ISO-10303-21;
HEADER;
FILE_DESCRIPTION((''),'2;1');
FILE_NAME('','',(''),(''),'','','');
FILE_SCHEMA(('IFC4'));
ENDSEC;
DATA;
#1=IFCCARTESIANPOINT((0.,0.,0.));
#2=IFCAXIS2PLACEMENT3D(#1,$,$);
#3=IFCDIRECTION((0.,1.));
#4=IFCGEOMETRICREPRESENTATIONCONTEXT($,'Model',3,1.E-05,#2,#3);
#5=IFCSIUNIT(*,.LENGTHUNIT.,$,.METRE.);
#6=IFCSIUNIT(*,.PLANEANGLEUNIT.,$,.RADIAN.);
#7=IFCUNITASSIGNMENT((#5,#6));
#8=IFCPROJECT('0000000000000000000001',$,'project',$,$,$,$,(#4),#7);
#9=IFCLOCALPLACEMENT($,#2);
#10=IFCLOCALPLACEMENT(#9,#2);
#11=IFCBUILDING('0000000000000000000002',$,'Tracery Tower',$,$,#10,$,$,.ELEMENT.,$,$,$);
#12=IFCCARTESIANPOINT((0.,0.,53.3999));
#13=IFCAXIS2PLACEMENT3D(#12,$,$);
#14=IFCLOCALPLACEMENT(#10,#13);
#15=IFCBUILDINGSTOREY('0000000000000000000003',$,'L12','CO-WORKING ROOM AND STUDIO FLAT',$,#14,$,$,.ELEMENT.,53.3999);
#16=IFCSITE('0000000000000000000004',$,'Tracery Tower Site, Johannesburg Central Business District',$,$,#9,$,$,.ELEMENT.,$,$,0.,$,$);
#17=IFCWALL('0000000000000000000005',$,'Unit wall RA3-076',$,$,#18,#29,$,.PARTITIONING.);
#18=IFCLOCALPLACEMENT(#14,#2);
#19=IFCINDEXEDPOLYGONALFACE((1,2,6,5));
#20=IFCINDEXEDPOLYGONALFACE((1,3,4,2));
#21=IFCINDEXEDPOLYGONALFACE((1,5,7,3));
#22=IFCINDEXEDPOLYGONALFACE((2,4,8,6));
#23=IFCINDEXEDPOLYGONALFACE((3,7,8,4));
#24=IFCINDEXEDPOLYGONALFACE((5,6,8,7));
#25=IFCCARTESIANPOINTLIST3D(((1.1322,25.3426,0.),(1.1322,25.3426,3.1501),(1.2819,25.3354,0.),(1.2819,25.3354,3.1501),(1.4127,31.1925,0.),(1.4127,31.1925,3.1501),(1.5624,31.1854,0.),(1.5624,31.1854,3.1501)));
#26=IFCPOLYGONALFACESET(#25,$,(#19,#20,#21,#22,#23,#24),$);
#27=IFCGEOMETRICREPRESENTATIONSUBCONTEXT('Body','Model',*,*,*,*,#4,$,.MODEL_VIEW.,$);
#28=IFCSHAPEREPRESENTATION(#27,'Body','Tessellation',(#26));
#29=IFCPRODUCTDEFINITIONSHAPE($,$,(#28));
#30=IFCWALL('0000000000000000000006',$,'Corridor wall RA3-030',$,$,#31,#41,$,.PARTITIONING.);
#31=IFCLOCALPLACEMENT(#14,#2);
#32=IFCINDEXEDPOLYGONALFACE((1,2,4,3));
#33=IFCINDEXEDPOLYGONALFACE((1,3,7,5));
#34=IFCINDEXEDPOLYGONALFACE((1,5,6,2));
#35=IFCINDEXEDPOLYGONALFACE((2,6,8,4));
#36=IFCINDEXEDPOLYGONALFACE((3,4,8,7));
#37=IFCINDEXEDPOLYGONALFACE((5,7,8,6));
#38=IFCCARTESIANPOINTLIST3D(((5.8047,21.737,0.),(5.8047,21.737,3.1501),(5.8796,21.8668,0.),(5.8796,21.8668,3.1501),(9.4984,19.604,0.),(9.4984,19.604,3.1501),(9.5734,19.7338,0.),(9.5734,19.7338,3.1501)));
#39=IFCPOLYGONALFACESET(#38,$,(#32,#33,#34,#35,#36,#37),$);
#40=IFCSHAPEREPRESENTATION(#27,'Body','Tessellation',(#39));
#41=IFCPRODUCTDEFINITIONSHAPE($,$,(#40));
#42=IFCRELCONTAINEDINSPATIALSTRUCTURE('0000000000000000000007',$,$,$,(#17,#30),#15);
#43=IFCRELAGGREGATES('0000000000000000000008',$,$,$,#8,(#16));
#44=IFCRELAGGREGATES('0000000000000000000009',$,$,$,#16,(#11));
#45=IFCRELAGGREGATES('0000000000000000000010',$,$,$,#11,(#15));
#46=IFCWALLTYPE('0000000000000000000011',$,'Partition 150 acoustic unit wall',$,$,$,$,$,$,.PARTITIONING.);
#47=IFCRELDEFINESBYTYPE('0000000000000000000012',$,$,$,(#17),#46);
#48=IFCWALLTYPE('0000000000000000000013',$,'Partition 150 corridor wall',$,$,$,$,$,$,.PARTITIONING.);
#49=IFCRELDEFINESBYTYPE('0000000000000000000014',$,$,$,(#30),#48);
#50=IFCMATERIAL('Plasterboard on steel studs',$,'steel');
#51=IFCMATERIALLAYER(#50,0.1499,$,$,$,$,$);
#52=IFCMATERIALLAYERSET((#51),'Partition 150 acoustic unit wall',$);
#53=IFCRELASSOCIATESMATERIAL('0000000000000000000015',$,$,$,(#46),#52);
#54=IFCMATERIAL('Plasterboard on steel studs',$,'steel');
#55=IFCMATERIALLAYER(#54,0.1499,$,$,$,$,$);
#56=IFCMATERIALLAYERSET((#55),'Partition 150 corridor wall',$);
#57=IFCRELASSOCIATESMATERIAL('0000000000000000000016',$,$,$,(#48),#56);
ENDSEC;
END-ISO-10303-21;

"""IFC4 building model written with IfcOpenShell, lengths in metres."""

from ifc_helpers import new_model, si_unit, direction, frame, frame_2d, origin, place, context, subcontext, project, spatial, rectangle, extrude, material, layer, layer_set, type_object, element, save


model = new_model("IFC4")

# Units and contexts
model_context = context("Model", 3, precision=1e-05, world=origin(), true_north=direction((0.0, 1.0)))
body_context = subcontext(model_context, "Body", "Model", "MODEL_VIEW")
ifc_project = project(units=[si_unit("LENGTHUNIT", "METRE"), si_unit("PLANEANGLEUNIT", "RADIAN")], contexts=[model_context])

# Site, building, storey
site_placement = place(None, origin())
site = spatial("IfcSite", under=ifc_project, at=site_placement, Name="Tracery Tower Site, Johannesburg Central Business District", CompositionType="ELEMENT", RefElevation=0.0)
building_placement = place(site_placement, origin())
building = spatial("IfcBuilding", under=site, at=building_placement, Name="Tracery Tower", CompositionType="ELEMENT")
storey_placement = place(building_placement, frame((0.0, 0.0, 53.3999)))
storey = spatial("IfcBuildingStorey", under=building, at=storey_placement, Name="L12", Description="CO-WORKING ROOM AND STUDIO FLAT", CompositionType="ELEMENT", Elevation=53.3999)

# Walls
ifc_material_1 = material(Name="Plasterboard on steel studs", Category="steel")
ifc_layer_1 = layer(ifc_material_1, 0.1499)
ifc_layer_set_1 = layer_set([ifc_layer_1], Name="Partition 150 acoustic unit wall")
wall_type_1 = type_object("IfcWallType", Name="Partition 150 acoustic unit wall", PredefinedType="PARTITIONING", material=ifc_layer_set_1)
wall_1_placement = place(storey_placement, frame((1.207, 25.3391, 0.0), z_axis=(0.0, 0.0, 1.0), x_axis=(0.047898, 0.998852, 0.0)))
element("IfcWall", 1, at=wall_1_placement, inside=storey, type_object=wall_type_1, Name="Unit wall RA3-076", PredefinedType="PARTITIONING", context=body_context, shape_type="SweptSolid", body=[
    extrude(rectangle(XDim=5.8567, YDim=0.1499, at=frame_2d((2.9282, 0.0))), origin(), (0.0, 0.0, 1.0), 3.1501),
])
ifc_material_2 = material(Name="Plasterboard on steel studs", Category="steel")
ifc_layer_2 = layer(ifc_material_2, 0.1499)
ifc_layer_set_2 = layer_set([ifc_layer_2], Name="Partition 150 corridor wall")
wall_type_2 = type_object("IfcWallType", Name="Partition 150 corridor wall", PredefinedType="PARTITIONING", material=ifc_layer_set_2)
wall_2_placement = place(storey_placement, frame((5.842, 21.802, 0.0), z_axis=(0.0, 0.0, 1.0), x_axis=(0.865984, -0.500073, 0.0)))
element("IfcWall", 2, at=wall_2_placement, inside=storey, type_object=wall_type_2, Name="Corridor wall RA3-030", PredefinedType="PARTITIONING", context=body_context, shape_type="SweptSolid", body=[
    extrude(rectangle(XDim=4.2654, YDim=0.1499, at=frame_2d((2.1328, 0.0))), origin(), (0.0, 0.0, 1.0), 3.1501),
])

save(model, "model.ifc")
